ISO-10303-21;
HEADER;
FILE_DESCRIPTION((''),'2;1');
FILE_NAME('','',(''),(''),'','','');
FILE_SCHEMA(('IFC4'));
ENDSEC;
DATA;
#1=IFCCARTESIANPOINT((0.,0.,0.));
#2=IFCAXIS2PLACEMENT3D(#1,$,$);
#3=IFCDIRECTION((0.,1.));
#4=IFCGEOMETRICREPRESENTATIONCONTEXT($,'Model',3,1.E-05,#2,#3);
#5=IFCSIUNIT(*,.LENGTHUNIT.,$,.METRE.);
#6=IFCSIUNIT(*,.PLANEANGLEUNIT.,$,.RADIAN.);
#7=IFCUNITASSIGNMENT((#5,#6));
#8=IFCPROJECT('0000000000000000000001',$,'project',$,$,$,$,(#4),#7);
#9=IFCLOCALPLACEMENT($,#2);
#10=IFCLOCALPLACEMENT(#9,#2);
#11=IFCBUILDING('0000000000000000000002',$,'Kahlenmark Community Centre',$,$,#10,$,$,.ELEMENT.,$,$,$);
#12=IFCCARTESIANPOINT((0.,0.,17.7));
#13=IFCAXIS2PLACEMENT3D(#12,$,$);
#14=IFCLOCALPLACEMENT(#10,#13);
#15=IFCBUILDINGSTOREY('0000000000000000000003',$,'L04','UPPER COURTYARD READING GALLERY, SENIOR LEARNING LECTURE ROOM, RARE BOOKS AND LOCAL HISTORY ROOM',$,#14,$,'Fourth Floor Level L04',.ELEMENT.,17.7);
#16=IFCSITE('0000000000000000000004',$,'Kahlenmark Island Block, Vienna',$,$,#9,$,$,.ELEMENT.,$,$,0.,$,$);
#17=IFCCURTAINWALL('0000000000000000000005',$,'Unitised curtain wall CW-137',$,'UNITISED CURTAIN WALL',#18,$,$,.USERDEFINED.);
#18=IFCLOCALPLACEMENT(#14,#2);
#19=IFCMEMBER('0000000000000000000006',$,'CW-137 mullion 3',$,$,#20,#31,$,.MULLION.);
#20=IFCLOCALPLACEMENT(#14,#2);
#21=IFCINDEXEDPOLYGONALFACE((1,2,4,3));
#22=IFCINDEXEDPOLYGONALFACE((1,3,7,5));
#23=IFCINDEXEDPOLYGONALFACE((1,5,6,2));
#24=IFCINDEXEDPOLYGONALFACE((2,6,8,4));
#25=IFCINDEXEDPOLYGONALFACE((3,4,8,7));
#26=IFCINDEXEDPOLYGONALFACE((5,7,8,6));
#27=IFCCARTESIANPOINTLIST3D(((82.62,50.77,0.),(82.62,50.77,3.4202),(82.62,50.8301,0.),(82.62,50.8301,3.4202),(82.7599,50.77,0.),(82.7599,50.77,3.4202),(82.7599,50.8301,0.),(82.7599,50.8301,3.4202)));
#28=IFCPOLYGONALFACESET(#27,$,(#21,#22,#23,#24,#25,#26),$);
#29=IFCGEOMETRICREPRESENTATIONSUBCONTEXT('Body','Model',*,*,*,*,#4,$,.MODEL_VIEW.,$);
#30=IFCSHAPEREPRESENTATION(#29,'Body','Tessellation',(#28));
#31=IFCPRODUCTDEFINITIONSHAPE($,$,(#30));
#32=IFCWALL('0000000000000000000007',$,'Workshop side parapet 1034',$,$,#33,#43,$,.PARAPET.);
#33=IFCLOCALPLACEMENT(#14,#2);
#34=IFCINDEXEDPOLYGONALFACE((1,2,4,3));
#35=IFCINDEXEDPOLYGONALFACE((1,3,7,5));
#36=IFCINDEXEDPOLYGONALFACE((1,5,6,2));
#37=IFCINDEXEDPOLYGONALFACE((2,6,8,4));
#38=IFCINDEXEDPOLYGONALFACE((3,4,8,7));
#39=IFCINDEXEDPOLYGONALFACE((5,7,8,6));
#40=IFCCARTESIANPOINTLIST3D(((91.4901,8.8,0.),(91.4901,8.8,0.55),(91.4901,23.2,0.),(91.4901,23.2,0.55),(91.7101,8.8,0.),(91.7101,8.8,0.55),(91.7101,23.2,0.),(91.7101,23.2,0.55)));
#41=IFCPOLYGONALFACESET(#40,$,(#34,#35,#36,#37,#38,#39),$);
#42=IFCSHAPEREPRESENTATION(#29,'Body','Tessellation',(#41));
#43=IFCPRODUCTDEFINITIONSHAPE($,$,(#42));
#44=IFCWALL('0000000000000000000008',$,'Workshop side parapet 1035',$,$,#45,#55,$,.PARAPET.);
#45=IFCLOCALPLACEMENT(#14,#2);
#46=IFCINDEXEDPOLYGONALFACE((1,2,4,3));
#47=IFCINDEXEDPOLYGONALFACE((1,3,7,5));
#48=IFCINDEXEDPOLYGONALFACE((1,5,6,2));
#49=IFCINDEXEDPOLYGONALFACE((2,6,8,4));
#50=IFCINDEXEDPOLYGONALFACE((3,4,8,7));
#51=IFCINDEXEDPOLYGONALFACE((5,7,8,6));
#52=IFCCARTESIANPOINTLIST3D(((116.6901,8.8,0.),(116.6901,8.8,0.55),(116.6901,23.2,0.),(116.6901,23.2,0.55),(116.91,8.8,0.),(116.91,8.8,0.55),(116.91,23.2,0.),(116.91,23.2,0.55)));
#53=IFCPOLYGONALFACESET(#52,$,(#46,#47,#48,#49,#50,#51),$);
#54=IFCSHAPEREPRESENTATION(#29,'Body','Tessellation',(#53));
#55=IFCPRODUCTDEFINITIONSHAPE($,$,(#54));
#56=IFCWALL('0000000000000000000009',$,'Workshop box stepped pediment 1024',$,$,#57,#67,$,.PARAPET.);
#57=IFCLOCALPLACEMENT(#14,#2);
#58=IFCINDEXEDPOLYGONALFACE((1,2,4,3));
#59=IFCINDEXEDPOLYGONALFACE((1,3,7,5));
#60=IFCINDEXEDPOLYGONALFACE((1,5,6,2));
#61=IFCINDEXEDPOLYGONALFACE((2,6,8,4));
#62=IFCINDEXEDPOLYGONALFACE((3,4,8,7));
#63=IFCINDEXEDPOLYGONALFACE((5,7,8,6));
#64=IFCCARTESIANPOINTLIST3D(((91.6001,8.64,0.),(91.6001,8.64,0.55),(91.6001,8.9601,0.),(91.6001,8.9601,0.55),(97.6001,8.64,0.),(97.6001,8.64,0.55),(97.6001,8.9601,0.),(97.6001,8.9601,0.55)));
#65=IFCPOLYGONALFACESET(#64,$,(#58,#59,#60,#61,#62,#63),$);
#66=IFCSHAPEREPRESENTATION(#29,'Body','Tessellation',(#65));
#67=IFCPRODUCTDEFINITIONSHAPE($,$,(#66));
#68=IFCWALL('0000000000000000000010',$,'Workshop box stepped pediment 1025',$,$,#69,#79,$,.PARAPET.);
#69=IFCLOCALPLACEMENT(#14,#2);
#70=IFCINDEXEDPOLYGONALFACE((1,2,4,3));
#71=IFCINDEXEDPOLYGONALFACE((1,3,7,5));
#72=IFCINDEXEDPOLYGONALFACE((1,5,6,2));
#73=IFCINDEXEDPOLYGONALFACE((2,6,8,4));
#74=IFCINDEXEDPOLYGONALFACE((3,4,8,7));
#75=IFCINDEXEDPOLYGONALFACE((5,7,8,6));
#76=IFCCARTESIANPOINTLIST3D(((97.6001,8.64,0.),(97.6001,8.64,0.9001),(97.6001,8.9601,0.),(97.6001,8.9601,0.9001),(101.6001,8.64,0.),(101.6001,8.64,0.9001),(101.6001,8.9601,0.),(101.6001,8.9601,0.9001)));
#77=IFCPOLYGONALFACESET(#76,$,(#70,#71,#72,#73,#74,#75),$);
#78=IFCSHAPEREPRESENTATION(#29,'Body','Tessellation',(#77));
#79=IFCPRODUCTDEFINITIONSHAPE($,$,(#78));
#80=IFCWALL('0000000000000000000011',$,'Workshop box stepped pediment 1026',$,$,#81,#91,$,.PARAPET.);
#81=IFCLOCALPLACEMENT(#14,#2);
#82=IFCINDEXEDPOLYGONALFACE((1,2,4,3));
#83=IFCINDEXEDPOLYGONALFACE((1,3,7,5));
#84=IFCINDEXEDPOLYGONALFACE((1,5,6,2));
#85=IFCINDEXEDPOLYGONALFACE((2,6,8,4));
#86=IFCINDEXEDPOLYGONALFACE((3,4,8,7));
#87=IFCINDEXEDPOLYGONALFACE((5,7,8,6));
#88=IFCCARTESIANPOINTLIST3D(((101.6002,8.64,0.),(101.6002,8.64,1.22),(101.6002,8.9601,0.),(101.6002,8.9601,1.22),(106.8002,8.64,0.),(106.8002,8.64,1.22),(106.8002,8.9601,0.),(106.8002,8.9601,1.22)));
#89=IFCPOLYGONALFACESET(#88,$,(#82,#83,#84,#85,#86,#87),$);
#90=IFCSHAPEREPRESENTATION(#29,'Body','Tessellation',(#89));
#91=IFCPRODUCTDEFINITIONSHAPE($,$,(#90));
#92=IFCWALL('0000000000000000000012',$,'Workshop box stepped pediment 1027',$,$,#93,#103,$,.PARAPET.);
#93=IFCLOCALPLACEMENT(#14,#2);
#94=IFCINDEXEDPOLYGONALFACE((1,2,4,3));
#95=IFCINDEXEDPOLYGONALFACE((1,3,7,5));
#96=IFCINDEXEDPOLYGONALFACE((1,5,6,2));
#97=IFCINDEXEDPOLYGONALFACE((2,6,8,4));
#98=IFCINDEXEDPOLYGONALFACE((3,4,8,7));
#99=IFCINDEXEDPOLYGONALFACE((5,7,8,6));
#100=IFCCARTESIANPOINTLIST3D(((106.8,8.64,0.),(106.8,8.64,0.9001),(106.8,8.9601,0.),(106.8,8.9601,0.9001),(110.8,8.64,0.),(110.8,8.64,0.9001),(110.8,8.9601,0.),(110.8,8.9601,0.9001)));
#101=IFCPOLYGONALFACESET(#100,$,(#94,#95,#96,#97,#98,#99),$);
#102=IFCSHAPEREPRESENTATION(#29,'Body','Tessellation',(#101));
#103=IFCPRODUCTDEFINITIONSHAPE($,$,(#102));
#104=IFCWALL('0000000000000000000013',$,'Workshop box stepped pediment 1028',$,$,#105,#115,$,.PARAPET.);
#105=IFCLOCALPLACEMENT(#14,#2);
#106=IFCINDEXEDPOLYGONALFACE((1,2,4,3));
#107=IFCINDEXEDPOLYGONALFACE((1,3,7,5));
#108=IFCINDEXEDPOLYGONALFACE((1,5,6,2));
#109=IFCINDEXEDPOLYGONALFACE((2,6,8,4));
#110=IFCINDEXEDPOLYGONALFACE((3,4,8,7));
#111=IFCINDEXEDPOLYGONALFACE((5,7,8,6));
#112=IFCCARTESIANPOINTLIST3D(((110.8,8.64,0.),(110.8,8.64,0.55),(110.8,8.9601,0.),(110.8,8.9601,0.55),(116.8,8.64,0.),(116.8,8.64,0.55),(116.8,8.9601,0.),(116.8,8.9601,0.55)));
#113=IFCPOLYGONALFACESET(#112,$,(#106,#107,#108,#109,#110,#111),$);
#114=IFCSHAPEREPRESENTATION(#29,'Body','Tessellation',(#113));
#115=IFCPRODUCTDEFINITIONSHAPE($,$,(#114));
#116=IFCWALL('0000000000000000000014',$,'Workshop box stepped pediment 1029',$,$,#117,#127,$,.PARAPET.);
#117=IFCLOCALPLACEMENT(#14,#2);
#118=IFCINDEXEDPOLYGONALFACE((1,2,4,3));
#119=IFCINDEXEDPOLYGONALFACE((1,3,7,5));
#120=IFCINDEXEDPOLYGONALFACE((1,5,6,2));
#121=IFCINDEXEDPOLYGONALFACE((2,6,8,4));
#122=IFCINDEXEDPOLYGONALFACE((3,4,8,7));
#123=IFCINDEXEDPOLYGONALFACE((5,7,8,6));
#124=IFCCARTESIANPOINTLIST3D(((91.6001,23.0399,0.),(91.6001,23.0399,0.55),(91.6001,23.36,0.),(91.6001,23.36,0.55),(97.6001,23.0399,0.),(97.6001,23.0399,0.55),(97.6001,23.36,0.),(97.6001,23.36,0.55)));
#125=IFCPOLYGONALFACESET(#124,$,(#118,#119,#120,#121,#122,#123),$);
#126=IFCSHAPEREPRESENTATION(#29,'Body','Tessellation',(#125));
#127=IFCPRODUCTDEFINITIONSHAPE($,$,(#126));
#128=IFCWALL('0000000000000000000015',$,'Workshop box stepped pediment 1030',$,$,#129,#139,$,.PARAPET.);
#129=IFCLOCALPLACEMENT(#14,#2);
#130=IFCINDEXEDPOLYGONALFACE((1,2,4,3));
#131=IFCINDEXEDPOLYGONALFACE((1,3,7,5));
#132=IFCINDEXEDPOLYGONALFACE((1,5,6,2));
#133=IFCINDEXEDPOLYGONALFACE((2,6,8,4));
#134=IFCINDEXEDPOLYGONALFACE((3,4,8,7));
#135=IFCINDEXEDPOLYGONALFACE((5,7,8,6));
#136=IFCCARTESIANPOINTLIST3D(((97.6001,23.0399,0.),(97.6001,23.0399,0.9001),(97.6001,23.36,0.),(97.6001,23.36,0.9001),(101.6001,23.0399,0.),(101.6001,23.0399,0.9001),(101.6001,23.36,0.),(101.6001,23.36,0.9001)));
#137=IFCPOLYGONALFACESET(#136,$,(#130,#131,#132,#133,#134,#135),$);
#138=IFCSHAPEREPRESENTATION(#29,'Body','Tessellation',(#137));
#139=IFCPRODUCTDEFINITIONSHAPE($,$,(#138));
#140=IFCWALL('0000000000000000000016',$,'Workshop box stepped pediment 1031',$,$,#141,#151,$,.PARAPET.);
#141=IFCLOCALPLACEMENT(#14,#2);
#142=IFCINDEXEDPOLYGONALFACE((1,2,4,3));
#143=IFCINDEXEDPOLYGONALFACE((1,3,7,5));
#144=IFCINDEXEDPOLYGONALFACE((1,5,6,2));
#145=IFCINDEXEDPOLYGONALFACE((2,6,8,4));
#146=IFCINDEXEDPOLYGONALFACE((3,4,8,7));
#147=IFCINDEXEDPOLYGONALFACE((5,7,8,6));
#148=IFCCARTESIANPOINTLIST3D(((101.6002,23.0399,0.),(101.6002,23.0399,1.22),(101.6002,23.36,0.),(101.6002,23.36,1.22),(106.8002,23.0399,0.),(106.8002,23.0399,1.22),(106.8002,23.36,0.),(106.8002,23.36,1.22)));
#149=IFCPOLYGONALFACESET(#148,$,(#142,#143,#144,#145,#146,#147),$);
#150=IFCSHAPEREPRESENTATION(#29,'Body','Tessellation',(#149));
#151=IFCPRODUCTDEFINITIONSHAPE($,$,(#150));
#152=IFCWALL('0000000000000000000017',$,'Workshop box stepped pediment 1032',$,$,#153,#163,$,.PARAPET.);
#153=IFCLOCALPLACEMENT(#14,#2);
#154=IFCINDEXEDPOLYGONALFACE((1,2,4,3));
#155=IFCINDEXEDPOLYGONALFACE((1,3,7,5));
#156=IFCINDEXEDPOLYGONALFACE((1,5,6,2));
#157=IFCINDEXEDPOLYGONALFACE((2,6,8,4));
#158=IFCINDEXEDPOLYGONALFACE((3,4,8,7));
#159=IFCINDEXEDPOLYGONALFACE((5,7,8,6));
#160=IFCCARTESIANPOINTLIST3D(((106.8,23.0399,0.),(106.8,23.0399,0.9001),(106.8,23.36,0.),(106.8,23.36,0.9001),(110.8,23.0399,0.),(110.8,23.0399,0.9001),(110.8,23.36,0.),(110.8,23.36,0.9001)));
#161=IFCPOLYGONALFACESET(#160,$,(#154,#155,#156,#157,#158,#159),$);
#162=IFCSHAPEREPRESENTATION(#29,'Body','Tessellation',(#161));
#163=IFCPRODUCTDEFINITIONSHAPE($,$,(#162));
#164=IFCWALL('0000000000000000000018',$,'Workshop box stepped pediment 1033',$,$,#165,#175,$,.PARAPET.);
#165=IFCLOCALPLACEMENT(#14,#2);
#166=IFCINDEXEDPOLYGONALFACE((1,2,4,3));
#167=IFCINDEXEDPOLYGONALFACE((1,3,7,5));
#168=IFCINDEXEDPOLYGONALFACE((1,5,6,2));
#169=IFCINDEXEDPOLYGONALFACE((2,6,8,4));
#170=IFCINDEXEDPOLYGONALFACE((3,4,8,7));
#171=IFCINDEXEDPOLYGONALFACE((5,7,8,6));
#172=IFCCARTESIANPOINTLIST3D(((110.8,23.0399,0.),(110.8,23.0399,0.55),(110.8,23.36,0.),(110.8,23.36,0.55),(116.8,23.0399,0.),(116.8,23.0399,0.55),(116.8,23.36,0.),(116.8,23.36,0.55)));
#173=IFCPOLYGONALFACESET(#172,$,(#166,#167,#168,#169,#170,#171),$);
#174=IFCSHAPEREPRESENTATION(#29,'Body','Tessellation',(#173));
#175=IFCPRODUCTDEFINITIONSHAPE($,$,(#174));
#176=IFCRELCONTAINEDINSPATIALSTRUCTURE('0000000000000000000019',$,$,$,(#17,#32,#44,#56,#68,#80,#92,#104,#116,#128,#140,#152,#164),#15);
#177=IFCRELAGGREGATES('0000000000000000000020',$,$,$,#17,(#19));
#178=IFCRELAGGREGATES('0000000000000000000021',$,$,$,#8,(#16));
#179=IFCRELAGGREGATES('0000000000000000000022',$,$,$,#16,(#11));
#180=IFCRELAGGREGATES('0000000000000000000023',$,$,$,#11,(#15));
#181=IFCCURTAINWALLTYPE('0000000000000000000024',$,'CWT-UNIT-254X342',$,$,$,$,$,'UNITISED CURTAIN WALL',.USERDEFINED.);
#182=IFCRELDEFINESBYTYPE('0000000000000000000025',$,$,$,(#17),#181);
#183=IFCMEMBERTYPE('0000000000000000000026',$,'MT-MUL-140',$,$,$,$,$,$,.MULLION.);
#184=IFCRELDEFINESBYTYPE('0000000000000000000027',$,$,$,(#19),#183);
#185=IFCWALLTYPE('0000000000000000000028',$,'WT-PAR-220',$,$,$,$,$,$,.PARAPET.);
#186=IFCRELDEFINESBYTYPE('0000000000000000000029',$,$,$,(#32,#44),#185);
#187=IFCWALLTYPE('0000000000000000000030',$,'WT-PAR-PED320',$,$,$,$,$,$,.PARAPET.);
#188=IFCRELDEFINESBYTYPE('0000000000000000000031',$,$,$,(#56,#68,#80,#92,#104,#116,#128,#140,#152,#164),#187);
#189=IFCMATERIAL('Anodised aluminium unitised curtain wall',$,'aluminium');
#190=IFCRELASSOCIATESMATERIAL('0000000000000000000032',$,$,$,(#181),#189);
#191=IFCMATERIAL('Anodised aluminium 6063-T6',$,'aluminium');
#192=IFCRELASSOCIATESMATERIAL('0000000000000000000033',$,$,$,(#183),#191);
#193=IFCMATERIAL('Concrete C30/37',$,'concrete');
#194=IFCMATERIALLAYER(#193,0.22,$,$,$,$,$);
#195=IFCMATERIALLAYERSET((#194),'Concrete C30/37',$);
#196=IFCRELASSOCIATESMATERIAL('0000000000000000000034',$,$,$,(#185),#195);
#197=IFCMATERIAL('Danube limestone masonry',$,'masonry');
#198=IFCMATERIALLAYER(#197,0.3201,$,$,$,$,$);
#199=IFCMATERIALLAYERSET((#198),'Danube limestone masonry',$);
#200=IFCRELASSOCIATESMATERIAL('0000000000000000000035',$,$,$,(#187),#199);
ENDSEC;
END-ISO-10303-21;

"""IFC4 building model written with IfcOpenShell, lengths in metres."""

from ifc_helpers import new_model, si_unit, direction, frame, frame_2d, origin, origin_2d, place, context, subcontext, project, spatial, rectangle, extrude, material, layer, layer_set, material_profile, profile_set, type_object, element, aggregate, save


model = new_model("IFC4")

# Units and contexts
model_context = context("Model", 3, precision=1e-05, world=origin(), true_north=direction((0.0, 1.0)))
body_context = subcontext(model_context, "Body", "Model", "MODEL_VIEW")
ifc_project = project(units=[si_unit("LENGTHUNIT", "METRE"), si_unit("PLANEANGLEUNIT", "RADIAN")], contexts=[model_context])

# Site, building, storey
site_placement = place(None, origin())
site = spatial("IfcSite", under=ifc_project, at=site_placement, Name="Kahlenmark Island Block, Vienna", CompositionType="ELEMENT", RefElevation=0.0)
building_placement = place(site_placement, origin())
building = spatial("IfcBuilding", under=site, at=building_placement, Name="Kahlenmark Community Centre", CompositionType="ELEMENT")
storey_placement = place(building_placement, frame((0.0, 0.0, 17.7)))
storey = spatial("IfcBuildingStorey", under=building, at=storey_placement, Name="L04", Description="UPPER COURTYARD READING GALLERY, SENIOR LEARNING LECTURE ROOM, RARE BOOKS AND LOCAL HISTORY ROOM", LongName="Fourth Floor Level L04", CompositionType="ELEMENT", Elevation=17.7)

# Curtain wall, member
ifc_material_1 = material(Name="Anodised aluminium unitised curtain wall", Category="aluminium")
curtain_wall_type = type_object("IfcCurtainWallType", Name="CWT-UNIT-254X342", ElementType="UNITISED CURTAIN WALL", PredefinedType="USERDEFINED", material=ifc_material_1)
curtain_wall_placement = place(storey_placement, origin())
curtain_wall = element("IfcCurtainWall", 1, at=curtain_wall_placement, inside=storey, type_object=curtain_wall_type, Name="Unitised curtain wall CW-137", ObjectType="UNITISED CURTAIN WALL", PredefinedType="USERDEFINED")
ifc_material_2 = material(Name="Anodised aluminium 6063-T6", Category="aluminium")
ifc_material_profile_1 = material_profile(ifc_material_2, rectangle(XDim=0.0601, YDim=0.1399, at=origin_2d()), Name="ALU MULLION 60x140")
ifc_profile_set_1 = profile_set([ifc_material_profile_1], Name="Anodised aluminium 6063-T6")
member_type = type_object("IfcMemberType", Name="MT-MUL-140", PredefinedType="MULLION", material=ifc_profile_set_1)
member_placement = place(storey_placement, frame((82.6899, 50.8, 0.0), z_axis=(0.0, 0.0, 1.0), x_axis=(0.0, 1.0, 0.0)))
member = element("IfcMember", 2, at=member_placement, type_object=member_type, Name="CW-137 mullion 3", PredefinedType="MULLION", context=body_context, shape_type="SweptSolid", body=[
    extrude(rectangle(XDim=0.0601, YDim=0.1399, at=origin_2d()), origin(), (0.0, 0.0, 1.0), 3.4202),
])
aggregate(curtain_wall, [member])

# Walls
ifc_material_3 = material(Name="Concrete C30/37", Category="concrete")
ifc_layer_1 = layer(ifc_material_3, 0.22)
ifc_layer_set_1 = layer_set([ifc_layer_1], Name="Concrete C30/37")
wall_type_1 = type_object("IfcWallType", Name="WT-PAR-220", PredefinedType="PARAPET", material=ifc_layer_set_1)
for number, where, z_axis, x_axis, name in (
    (3, (91.6001, 8.8, 0.0), (0.0, 0.0, 1.0), (0.0, 1.0, 0.0), "Workshop side parapet 1034"),
    (4, (116.8, 8.8, 0.0), (0.0, 0.0, 1.0), (0.0, 1.0, 0.0), "Workshop side parapet 1035"),
):
    element("IfcWall", number, at=place(storey_placement, frame(where, z_axis=z_axis, x_axis=x_axis)), inside=storey, type_object=wall_type_1, Name=name, PredefinedType="PARAPET", context=body_context, shape_type="SweptSolid", body=[
        extrude(rectangle(XDim=14.3999, YDim=0.22, at=frame_2d((7.2, 0.0))), origin(), (0.0, 0.0, 1.0), 0.55),
    ])
ifc_material_4 = material(Name="Danube limestone masonry", Category="masonry")
ifc_layer_2 = layer(ifc_material_4, 0.3201)
ifc_layer_set_2 = layer_set([ifc_layer_2], Name="Danube limestone masonry")
wall_type_2 = type_object("IfcWallType", Name="WT-PAR-PED320", PredefinedType="PARAPET", material=ifc_layer_set_2)
wall_1_placement = place(storey_placement, frame((91.6001, 8.8, 0.0), z_axis=(0.0, 0.0, 1.0), x_axis=(1.0, 0.0, 0.0)))
element("IfcWall", 5, at=wall_1_placement, inside=storey, type_object=wall_type_2, Name="Workshop box stepped pediment 1024", PredefinedType="PARAPET", context=body_context, shape_type="SweptSolid", body=[
    extrude(rectangle(XDim=6.0, YDim=0.3201, at=frame_2d((3.0, 0.0))), origin(), (0.0, 0.0, 1.0), 0.55),
])
wall_2_placement = place(storey_placement, frame((97.6001, 8.8, 0.0), z_axis=(0.0, 0.0, 1.0), x_axis=(1.0, 0.0, 0.0)))
element("IfcWall", 6, at=wall_2_placement, inside=storey, type_object=wall_type_2, Name="Workshop box stepped pediment 1025", PredefinedType="PARAPET", context=body_context, shape_type="SweptSolid", body=[
    extrude(rectangle(XDim=4.0, YDim=0.3201, at=frame_2d((2.0, 0.0))), origin(), (0.0, 0.0, 1.0), 0.9001),
])
wall_3_placement = place(storey_placement, frame((101.6001, 8.8, 0.0), z_axis=(0.0, 0.0, 1.0), x_axis=(1.0, 0.0, 0.0)))
element("IfcWall", 7, at=wall_3_placement, inside=storey, type_object=wall_type_2, Name="Workshop box stepped pediment 1026", PredefinedType="PARAPET", context=body_context, shape_type="SweptSolid", body=[
    extrude(rectangle(XDim=5.2, YDim=0.3201, at=frame_2d((2.6001, 0.0))), origin(), (0.0, 0.0, 1.0), 1.22),
])
wall_4_placement = place(storey_placement, frame((106.8, 8.8, 0.0), z_axis=(0.0, 0.0, 1.0), x_axis=(1.0, 0.0, 0.0)))
element("IfcWall", 8, at=wall_4_placement, inside=storey, type_object=wall_type_2, Name="Workshop box stepped pediment 1027", PredefinedType="PARAPET", context=body_context, shape_type="SweptSolid", body=[
    extrude(rectangle(XDim=4.0, YDim=0.3201, at=frame_2d((2.0, 0.0))), origin(), (0.0, 0.0, 1.0), 0.9001),
])
for number, where, z_axis, x_axis, name in (
    (9, (110.8, 8.8, 0.0), (0.0, 0.0, 1.0), (1.0, 0.0, 0.0), "Workshop box stepped pediment 1028"),
    (10, (91.6001, 23.2, 0.0), (0.0, 0.0, 1.0), (1.0, 0.0, 0.0), "Workshop box stepped pediment 1029"),
):
    element("IfcWall", number, at=place(storey_placement, frame(where, z_axis=z_axis, x_axis=x_axis)), inside=storey, type_object=wall_type_2, Name=name, PredefinedType="PARAPET", context=body_context, shape_type="SweptSolid", body=[
        extrude(rectangle(XDim=6.0, YDim=0.3201, at=frame_2d((3.0, 0.0))), origin(), (0.0, 0.0, 1.0), 0.55),
    ])
wall_5_placement = place(storey_placement, frame((97.6001, 23.2, 0.0), z_axis=(0.0, 0.0, 1.0), x_axis=(1.0, 0.0, 0.0)))
element("IfcWall", 11, at=wall_5_placement, inside=storey, type_object=wall_type_2, Name="Workshop box stepped pediment 1030", PredefinedType="PARAPET", context=body_context, shape_type="SweptSolid", body=[
    extrude(rectangle(XDim=4.0, YDim=0.3201, at=frame_2d((2.0, 0.0))), origin(), (0.0, 0.0, 1.0), 0.9001),
])
wall_6_placement = place(storey_placement, frame((101.6001, 23.2, 0.0), z_axis=(0.0, 0.0, 1.0), x_axis=(1.0, 0.0, 0.0)))
element("IfcWall", 12, at=wall_6_placement, inside=storey, type_object=wall_type_2, Name="Workshop box stepped pediment 1031", PredefinedType="PARAPET", context=body_context, shape_type="SweptSolid", body=[
    extrude(rectangle(XDim=5.2, YDim=0.3201, at=frame_2d((2.6001, 0.0))), origin(), (0.0, 0.0, 1.0), 1.22),
])
wall_7_placement = place(storey_placement, frame((106.8, 23.2, 0.0), z_axis=(0.0, 0.0, 1.0), x_axis=(1.0, 0.0, 0.0)))
element("IfcWall", 13, at=wall_7_placement, inside=storey, type_object=wall_type_2, Name="Workshop box stepped pediment 1032", PredefinedType="PARAPET", context=body_context, shape_type="SweptSolid", body=[
    extrude(rectangle(XDim=4.0, YDim=0.3201, at=frame_2d((2.0, 0.0))), origin(), (0.0, 0.0, 1.0), 0.9001),
])
wall_8_placement = place(storey_placement, frame((110.8, 23.2, 0.0), z_axis=(0.0, 0.0, 1.0), x_axis=(1.0, 0.0, 0.0)))
element("IfcWall", 14, at=wall_8_placement, inside=storey, type_object=wall_type_2, Name="Workshop box stepped pediment 1033", PredefinedType="PARAPET", context=body_context, shape_type="SweptSolid", body=[
    extrude(rectangle(XDim=6.0, YDim=0.3201, at=frame_2d((3.0, 0.0))), origin(), (0.0, 0.0, 1.0), 0.55),
])

save(model, "model.ifc")
